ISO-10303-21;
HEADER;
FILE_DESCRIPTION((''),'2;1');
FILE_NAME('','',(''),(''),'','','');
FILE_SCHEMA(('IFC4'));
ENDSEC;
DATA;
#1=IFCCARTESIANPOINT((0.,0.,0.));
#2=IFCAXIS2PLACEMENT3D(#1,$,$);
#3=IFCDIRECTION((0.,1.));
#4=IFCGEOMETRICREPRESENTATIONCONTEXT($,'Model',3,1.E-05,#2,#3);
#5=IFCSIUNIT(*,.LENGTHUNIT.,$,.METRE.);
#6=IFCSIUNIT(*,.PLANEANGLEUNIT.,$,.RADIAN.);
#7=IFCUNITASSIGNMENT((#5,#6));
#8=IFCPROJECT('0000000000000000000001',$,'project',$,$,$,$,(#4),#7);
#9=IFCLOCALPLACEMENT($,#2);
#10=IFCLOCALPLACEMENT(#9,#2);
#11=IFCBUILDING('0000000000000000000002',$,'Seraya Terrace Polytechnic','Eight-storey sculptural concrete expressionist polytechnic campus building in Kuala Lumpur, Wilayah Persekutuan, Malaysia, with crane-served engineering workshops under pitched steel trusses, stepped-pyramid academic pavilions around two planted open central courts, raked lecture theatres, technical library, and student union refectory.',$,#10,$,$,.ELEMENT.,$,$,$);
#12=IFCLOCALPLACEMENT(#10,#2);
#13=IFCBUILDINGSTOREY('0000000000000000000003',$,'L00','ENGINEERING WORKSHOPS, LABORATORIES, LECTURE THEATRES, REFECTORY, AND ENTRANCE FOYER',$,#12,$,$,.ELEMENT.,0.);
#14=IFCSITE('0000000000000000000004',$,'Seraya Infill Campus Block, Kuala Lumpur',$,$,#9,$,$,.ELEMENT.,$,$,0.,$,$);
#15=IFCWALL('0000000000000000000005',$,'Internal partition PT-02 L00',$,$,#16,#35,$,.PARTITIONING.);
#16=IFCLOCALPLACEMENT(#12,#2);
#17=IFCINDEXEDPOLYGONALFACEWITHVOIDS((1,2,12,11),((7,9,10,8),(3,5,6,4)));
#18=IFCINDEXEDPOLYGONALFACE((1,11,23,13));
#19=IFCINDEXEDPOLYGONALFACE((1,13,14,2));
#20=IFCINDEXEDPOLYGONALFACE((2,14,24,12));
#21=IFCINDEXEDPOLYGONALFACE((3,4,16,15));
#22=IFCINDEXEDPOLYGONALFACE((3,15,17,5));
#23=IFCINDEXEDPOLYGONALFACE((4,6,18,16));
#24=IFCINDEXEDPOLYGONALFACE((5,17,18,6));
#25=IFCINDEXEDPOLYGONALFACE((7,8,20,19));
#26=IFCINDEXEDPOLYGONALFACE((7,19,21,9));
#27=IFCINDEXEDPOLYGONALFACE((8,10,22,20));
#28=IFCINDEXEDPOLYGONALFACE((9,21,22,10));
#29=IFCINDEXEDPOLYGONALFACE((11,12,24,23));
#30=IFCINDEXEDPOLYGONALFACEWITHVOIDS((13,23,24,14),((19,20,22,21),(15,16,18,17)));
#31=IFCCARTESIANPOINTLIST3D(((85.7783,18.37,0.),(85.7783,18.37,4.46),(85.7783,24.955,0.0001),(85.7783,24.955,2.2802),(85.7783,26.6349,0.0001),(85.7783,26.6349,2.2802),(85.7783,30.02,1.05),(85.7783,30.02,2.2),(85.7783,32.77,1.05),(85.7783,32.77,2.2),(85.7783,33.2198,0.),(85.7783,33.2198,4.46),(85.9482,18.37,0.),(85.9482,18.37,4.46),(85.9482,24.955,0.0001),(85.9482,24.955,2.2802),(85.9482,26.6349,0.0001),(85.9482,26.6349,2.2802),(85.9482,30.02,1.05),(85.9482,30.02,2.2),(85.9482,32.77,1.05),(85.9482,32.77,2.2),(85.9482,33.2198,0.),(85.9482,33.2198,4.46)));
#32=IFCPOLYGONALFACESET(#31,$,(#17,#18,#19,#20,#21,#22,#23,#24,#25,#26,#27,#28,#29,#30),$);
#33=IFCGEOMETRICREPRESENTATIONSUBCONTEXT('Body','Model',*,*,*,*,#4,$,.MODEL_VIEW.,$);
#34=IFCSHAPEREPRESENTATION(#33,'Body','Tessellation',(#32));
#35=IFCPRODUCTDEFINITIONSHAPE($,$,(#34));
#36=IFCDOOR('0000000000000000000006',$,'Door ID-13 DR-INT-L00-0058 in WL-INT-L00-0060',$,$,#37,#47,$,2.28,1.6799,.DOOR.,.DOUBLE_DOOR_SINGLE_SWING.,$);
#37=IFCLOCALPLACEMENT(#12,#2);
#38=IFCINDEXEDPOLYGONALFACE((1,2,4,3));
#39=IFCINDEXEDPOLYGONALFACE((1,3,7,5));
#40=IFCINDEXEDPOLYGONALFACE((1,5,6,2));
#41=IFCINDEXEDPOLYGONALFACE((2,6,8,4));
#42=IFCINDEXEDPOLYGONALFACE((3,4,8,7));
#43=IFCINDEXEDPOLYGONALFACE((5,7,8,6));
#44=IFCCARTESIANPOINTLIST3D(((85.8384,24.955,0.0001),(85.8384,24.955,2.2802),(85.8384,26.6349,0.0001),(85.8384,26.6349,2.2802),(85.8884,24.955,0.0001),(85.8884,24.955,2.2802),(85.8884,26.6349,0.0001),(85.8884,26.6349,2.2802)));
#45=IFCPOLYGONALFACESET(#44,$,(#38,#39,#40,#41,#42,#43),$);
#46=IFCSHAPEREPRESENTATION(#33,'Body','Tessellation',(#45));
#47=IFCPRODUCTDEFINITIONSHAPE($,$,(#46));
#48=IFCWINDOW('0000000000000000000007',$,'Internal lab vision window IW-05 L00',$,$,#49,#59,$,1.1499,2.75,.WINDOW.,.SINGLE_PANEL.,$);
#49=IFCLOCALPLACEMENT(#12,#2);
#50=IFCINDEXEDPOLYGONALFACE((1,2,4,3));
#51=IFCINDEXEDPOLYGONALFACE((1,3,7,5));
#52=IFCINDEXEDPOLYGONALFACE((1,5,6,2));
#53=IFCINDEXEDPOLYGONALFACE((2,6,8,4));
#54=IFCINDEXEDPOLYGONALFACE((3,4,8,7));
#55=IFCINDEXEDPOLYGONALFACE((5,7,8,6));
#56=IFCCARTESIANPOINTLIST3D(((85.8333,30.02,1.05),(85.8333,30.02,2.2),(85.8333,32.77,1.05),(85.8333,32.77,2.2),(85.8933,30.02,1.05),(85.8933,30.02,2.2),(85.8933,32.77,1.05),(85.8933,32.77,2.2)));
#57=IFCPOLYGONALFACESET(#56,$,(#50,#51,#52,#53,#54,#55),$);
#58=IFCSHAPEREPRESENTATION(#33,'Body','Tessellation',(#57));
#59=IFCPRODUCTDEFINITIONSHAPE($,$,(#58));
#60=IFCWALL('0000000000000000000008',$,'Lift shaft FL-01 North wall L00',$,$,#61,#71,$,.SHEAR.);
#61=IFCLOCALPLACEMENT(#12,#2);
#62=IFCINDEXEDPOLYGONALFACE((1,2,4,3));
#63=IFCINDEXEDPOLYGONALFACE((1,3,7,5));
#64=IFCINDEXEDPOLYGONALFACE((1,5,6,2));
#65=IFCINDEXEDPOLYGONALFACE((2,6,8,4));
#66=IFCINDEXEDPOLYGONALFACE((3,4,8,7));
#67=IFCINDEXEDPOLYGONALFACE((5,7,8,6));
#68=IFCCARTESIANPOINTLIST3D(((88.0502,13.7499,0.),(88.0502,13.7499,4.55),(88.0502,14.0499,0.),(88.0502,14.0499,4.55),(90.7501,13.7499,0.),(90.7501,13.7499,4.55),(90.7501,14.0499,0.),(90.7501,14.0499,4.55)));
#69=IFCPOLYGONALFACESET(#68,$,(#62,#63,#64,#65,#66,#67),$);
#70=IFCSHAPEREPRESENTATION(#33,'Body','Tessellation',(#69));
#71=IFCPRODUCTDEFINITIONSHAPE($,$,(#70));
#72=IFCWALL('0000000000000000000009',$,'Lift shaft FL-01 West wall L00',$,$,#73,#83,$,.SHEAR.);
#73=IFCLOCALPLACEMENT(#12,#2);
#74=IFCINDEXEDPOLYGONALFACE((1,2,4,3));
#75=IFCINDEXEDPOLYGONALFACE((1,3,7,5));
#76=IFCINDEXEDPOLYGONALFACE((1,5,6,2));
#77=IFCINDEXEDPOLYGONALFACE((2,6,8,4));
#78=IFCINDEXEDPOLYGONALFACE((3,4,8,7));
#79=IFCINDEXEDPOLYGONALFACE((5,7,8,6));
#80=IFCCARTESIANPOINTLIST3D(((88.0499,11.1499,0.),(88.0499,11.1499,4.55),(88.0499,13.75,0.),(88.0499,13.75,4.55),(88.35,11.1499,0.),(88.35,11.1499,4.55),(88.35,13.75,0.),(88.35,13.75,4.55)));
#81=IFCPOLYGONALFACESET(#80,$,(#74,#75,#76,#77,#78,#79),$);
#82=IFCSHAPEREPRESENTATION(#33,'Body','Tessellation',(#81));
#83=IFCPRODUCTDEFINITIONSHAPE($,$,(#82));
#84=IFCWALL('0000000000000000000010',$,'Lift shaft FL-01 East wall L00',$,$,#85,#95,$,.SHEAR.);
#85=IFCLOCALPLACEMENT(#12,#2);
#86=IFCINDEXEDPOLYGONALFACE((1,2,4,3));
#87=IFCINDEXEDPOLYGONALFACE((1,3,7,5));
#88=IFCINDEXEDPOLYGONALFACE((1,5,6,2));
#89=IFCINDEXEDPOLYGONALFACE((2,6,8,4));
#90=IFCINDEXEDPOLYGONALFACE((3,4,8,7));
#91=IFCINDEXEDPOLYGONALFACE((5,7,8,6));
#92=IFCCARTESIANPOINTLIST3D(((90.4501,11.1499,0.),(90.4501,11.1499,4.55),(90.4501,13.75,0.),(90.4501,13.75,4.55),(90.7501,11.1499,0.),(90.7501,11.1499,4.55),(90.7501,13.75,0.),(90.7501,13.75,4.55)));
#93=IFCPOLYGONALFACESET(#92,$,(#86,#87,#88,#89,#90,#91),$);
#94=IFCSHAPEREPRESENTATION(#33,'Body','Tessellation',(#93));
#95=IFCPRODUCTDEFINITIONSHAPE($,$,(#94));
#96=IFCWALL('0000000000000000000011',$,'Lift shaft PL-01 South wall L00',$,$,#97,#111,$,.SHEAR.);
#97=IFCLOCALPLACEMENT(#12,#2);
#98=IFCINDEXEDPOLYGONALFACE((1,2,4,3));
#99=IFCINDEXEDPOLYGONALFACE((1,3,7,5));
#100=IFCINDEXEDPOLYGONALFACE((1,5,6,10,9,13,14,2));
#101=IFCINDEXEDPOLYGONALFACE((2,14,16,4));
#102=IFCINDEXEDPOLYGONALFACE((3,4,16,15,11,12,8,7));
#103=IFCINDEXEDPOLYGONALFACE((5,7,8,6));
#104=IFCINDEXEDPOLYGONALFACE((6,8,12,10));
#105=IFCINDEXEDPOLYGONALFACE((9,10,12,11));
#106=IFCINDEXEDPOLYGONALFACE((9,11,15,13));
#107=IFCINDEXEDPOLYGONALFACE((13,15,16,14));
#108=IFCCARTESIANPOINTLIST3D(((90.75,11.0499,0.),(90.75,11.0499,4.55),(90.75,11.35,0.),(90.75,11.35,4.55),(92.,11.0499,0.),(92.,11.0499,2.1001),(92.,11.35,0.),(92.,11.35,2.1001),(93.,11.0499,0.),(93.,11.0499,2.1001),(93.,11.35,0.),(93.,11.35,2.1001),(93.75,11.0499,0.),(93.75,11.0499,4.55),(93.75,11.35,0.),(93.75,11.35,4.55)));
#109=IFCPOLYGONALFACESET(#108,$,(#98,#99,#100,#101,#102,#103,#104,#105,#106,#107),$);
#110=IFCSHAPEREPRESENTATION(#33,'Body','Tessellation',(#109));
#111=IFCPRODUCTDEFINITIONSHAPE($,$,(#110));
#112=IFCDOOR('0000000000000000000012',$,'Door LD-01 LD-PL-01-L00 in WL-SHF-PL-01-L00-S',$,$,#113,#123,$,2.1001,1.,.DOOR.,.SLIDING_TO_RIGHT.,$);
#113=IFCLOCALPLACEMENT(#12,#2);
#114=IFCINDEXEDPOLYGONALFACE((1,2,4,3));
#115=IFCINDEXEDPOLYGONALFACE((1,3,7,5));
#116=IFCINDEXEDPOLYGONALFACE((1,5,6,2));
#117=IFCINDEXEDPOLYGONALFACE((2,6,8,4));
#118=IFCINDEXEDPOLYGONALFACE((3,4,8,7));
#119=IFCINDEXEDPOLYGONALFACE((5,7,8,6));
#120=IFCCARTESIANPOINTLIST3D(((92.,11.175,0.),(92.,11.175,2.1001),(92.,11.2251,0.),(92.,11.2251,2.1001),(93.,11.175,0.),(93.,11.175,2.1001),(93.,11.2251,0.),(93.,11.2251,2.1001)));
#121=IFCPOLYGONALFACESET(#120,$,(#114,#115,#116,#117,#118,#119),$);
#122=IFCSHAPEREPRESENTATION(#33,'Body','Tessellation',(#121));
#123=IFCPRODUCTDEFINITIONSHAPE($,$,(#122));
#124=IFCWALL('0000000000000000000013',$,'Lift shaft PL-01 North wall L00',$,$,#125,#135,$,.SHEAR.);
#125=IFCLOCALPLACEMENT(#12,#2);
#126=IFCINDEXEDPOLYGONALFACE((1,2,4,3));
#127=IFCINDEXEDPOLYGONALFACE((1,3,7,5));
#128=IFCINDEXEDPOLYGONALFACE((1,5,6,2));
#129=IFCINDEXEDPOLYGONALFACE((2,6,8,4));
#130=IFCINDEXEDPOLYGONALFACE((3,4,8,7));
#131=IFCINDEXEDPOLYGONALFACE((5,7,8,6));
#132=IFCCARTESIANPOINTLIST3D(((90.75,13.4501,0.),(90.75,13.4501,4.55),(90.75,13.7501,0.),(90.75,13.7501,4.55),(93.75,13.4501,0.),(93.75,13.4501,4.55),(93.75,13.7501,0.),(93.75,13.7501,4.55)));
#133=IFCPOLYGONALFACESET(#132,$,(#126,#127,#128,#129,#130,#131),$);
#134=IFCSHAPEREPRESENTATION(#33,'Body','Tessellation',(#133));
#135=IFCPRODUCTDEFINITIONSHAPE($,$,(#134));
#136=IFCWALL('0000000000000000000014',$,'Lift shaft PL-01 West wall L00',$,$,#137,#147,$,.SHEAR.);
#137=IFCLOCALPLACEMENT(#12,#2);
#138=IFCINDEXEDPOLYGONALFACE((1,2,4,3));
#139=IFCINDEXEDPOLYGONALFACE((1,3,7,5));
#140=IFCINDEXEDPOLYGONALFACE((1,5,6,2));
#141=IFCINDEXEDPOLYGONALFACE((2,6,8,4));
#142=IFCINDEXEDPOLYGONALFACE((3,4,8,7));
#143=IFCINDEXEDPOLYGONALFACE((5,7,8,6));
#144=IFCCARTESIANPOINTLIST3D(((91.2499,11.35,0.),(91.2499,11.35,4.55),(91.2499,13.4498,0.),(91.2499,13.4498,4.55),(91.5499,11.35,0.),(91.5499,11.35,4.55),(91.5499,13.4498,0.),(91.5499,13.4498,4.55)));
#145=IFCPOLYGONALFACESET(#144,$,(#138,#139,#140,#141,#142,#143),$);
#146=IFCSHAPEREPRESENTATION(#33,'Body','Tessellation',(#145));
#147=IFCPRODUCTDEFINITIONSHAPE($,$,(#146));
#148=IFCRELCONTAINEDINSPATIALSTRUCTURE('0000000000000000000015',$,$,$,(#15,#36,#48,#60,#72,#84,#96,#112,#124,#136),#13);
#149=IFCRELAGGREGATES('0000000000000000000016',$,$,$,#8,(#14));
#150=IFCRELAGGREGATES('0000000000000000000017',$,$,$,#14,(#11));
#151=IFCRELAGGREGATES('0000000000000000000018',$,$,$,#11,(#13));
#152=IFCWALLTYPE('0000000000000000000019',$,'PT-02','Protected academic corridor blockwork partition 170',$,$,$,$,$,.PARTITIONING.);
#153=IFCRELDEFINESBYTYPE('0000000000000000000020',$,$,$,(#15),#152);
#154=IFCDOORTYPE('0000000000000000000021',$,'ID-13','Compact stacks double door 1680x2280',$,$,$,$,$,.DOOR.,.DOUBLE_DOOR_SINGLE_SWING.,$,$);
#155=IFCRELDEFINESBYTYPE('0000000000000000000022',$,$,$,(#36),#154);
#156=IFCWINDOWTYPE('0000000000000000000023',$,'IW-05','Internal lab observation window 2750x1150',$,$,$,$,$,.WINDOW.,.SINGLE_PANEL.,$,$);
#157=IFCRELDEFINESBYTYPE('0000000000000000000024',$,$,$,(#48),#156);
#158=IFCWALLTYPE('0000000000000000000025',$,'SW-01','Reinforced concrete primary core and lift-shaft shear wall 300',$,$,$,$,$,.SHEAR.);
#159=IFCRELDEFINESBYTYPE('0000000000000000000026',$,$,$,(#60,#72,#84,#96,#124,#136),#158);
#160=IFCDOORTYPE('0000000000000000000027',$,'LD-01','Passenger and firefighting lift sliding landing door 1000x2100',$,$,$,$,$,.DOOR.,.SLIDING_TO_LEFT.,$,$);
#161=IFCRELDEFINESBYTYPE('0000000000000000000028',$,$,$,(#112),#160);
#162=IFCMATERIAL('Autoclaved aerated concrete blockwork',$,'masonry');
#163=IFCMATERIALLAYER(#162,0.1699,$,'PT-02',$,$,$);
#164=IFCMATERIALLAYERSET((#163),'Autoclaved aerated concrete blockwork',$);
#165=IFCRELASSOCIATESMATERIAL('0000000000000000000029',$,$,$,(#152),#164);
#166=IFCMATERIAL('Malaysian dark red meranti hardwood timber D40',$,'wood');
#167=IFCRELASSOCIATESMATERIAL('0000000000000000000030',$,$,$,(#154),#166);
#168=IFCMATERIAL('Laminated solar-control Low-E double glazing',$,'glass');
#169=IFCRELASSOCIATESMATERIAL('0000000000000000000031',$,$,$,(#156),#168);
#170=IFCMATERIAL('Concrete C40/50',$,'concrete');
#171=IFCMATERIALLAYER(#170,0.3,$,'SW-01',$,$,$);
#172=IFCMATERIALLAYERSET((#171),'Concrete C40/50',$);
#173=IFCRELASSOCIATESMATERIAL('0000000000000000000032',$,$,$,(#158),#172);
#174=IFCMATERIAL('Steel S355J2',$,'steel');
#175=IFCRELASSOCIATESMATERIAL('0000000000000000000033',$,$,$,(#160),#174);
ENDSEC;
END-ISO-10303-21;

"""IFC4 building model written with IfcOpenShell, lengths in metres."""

from ifc_helpers import new_model, si_unit, direction, frame, frame_2d, origin, place, context, subcontext, project, spatial, rectangle, extrude, material, layer, layer_set, type_object, element, fill, save


model = new_model("IFC4")

# Units and contexts
model_context = context("Model", 3, precision=1e-05, world=origin(), true_north=direction((0.0, 1.0)))
body_context = subcontext(model_context, "Body", "Model", "MODEL_VIEW")
ifc_project = project(units=[si_unit("LENGTHUNIT", "METRE"), si_unit("PLANEANGLEUNIT", "RADIAN")], contexts=[model_context])

# Site, building, storey
site_placement = place(None, origin())
site = spatial("IfcSite", under=ifc_project, at=site_placement, Name="Seraya Infill Campus Block, Kuala Lumpur", CompositionType="ELEMENT", RefElevation=0.0)
building_placement = place(site_placement, origin())
building = spatial("IfcBuilding", under=site, at=building_placement, Name="Seraya Terrace Polytechnic", Description="Eight-storey sculptural concrete expressionist polytechnic campus building in Kuala Lumpur, Wilayah Persekutuan, Malaysia, with crane-served engineering workshops under pitched steel trusses, stepped-pyramid academic pavilions around two planted open central courts, raked lecture theatres, technical library, and student union refectory.", CompositionType="ELEMENT")
storey_placement = place(building_placement, origin())
storey = spatial("IfcBuildingStorey", under=building, at=storey_placement, Name="L00", Description="ENGINEERING WORKSHOPS, LABORATORIES, LECTURE THEATRES, REFECTORY, AND ENTRANCE FOYER", CompositionType="ELEMENT", Elevation=0.0)

# Shared definitions
ifc_material_1 = material(Name="Concrete C40/50", Category="concrete")

# Wall, openings, door, window
ifc_material_2 = material(Name="Autoclaved aerated concrete blockwork", Category="masonry")
ifc_layer_1 = layer(ifc_material_2, 0.1699, Name="PT-02")
ifc_layer_set_1 = layer_set([ifc_layer_1], Name="Autoclaved aerated concrete blockwork")
wall_type_1 = type_object("IfcWallType", Name="PT-02", Description="Protected academic corridor blockwork partition 170", PredefinedType="PARTITIONING", material=ifc_layer_set_1)
wall_1_placement = place(storey_placement, frame((85.8633, 18.3701, 0.0), z_axis=(0.0, 0.0, 1.0), x_axis=(0.0, 1.0, 0.0)))
wall_1 = element("IfcWall", 1, at=wall_1_placement, inside=storey, type_object=wall_type_1, Name="Internal partition PT-02 L00", PredefinedType="PARTITIONING", context=body_context, shape_type="SweptSolid", body=[
    extrude(rectangle(XDim=14.8499, YDim=0.1699, at=frame_2d((7.4248, 0.0))), origin(), (0.0, 0.0, 1.0), 4.46),
])
opening_1_placement = place(wall_1_placement, frame((6.585, 0.0, 0.0)))
opening_1 = element("IfcOpeningElement", 2, at=opening_1_placement, cuts=wall_1, PredefinedType="OPENING", context=body_context, shape_type="SweptSolid", body=[
    extrude(rectangle(XDim=1.6799, YDim=2.28, at=frame_2d((0.8398, 1.1401))), frame((0.0, 0.0969, 0.0), z_axis=(0.0, -1.0, 0.0), x_axis=(1.0, 0.0, 0.0)), (0.0, 0.0, 1.0), 0.1938),
])
opening_2_placement = place(wall_1_placement, frame((11.6499, 0.0, 1.05)))
opening_2 = element("IfcOpeningElement", 3, at=opening_2_placement, cuts=wall_1, PredefinedType="OPENING", context=body_context, shape_type="SweptSolid", body=[
    extrude(rectangle(XDim=2.75, YDim=1.1499, at=frame_2d((1.375, 0.575))), frame((0.0, 0.0969, 0.0), z_axis=(0.0, -1.0, 0.0), x_axis=(1.0, 0.0, 0.0)), (0.0, 0.0, 1.0), 0.1938),
])
ifc_material_3 = material(Name="Malaysian dark red meranti hardwood timber D40", Category="wood")
door_type_1 = type_object("IfcDoorType", Name="ID-13", Description="Compact stacks double door 1680x2280", OperationType="DOUBLE_DOOR_SINGLE_SWING", PredefinedType="DOOR", material=ifc_material_3)
door_1_placement = place(opening_1_placement, origin())
door_1 = element("IfcDoor", 4, at=door_1_placement, inside=storey, type_object=door_type_1, Name="Door ID-13 DR-INT-L00-0058 in WL-INT-L00-0060", OperationType="DOUBLE_DOOR_SINGLE_SWING", OverallHeight=2.28, OverallWidth=1.6799, PredefinedType="DOOR", context=body_context, shape_type="SweptSolid", body=[
    extrude(rectangle(XDim=1.6799, YDim=2.28, at=frame_2d((0.8398, 1.1401))), frame((0.0, 0.0249, 0.0), z_axis=(0.0, -1.0, 0.0), x_axis=(1.0, 0.0, 0.0)), (0.0, 0.0, 1.0), 0.05),
])
fill(opening_1, door_1)
ifc_material_4 = material(Name="Laminated solar-control Low-E double glazing", Category="glass")
window_type = type_object("IfcWindowType", Name="IW-05", Description="Internal lab observation window 2750x1150", PartitioningType="SINGLE_PANEL", PredefinedType="WINDOW", material=ifc_material_4)
window_placement = place(opening_2_placement, origin())
window = element("IfcWindow", 5, at=window_placement, inside=storey, type_object=window_type, Name="Internal lab vision window IW-05 L00", OverallHeight=1.1499, OverallWidth=2.75, PartitioningType="SINGLE_PANEL", PredefinedType="WINDOW", context=body_context, shape_type="SweptSolid", body=[
    extrude(rectangle(XDim=2.75, YDim=1.1499, at=frame_2d((1.375, 0.575))), frame((0.0, 0.03, 0.0), z_axis=(0.0, -1.0, 0.0), x_axis=(1.0, 0.0, 0.0)), (0.0, 0.0, 1.0), 0.0601),
])
fill(opening_2, window)

# Walls
ifc_layer_2 = layer(ifc_material_1, 0.3, Name="SW-01")
ifc_layer_set_2 = layer_set([ifc_layer_2], Name="Concrete C40/50")
wall_type_2 = type_object("IfcWallType", Name="SW-01", Description="Reinforced concrete primary core and lift-shaft shear wall 300", PredefinedType="SHEAR", material=ifc_layer_set_2)
wall_2_placement = place(storey_placement, frame((88.05, 13.8999, 0.0), z_axis=(0.0, 0.0, 1.0), x_axis=(1.0, 0.0, 0.0)))
element("IfcWall", 6, at=wall_2_placement, inside=storey, type_object=wall_type_2, Name="Lift shaft FL-01 North wall L00", PredefinedType="SHEAR", context=body_context, shape_type="SweptSolid", body=[
    extrude(rectangle(XDim=2.7, YDim=0.3, at=frame_2d((1.3501, 0.0))), origin(), (0.0, 0.0, 1.0), 4.55),
])
for number, where, z_axis, x_axis, name in (
    (7, (88.2, 11.1499, 0.0), (0.0, 0.0, 1.0), (0.0, 1.0, 0.0), "Lift shaft FL-01 West wall L00"),
    (8, (90.6001, 11.1499, 0.0), (0.0, 0.0, 1.0), (0.0, 1.0, 0.0), "Lift shaft FL-01 East wall L00"),
):
    element("IfcWall", number, at=place(storey_placement, frame(where, z_axis=z_axis, x_axis=x_axis)), inside=storey, type_object=wall_type_2, Name=name, PredefinedType="SHEAR", context=body_context, shape_type="SweptSolid", body=[
        extrude(rectangle(XDim=2.6001, YDim=0.3, at=frame_2d((1.3, 0.0))), origin(), (0.0, 0.0, 1.0), 4.55),
    ])

# Wall, opening, door
wall_3_placement = place(storey_placement, frame((90.75, 11.2, 0.0), z_axis=(0.0, 0.0, 1.0), x_axis=(1.0, 0.0, 0.0)))
wall_3 = element("IfcWall", 9, at=wall_3_placement, inside=storey, type_object=wall_type_2, Name="Lift shaft PL-01 South wall L00", PredefinedType="SHEAR", context=body_context, shape_type="SweptSolid", body=[
    extrude(rectangle(XDim=3.0, YDim=0.3, at=frame_2d((1.5, 0.0))), origin(), (0.0, 0.0, 1.0), 4.55),
])
opening_3_placement = place(wall_3_placement, frame((1.25, 0.0, 0.0)))
opening_3 = element("IfcOpeningElement", 10, at=opening_3_placement, cuts=wall_3, PredefinedType="OPENING", context=body_context, shape_type="SweptSolid", body=[
    extrude(rectangle(XDim=1.0, YDim=2.1001, at=frame_2d((0.5, 1.05))), frame((0.0, 0.1621, 0.0), z_axis=(0.0, -1.0, 0.0), x_axis=(1.0, 0.0, 0.0)), (0.0, 0.0, 1.0), 0.324),
])
ifc_material_5 = material(Name="Steel S355J2", Category="steel")
door_type_2 = type_object("IfcDoorType", Name="LD-01", Description="Passenger and firefighting lift sliding landing door 1000x2100", OperationType="SLIDING_TO_LEFT", PredefinedType="DOOR", material=ifc_material_5)
door_2_placement = place(opening_3_placement, frame((1.0, 0.0, 0.0), z_axis=(0.0, 0.0, 1.0), x_axis=(-1.0, 0.0, 0.0)))
door_2 = element("IfcDoor", 11, at=door_2_placement, inside=storey, type_object=door_type_2, Name="Door LD-01 LD-PL-01-L00 in WL-SHF-PL-01-L00-S", OperationType="SLIDING_TO_RIGHT", OverallHeight=2.1001, OverallWidth=1.0, PredefinedType="DOOR", context=body_context, shape_type="SweptSolid", body=[
    extrude(rectangle(XDim=1.0, YDim=2.1001, at=frame_2d((0.5, 1.05))), frame((0.0, 0.0249, 0.0), z_axis=(0.0, -1.0, 0.0), x_axis=(1.0, 0.0, 0.0)), (0.0, 0.0, 1.0), 0.05),
])
fill(opening_3, door_2)

# Walls
wall_4_placement = place(storey_placement, frame((90.75, 13.6001, 0.0), z_axis=(0.0, 0.0, 1.0), x_axis=(1.0, 0.0, 0.0)))
element("IfcWall", 12, at=wall_4_placement, inside=storey, type_object=wall_type_2, Name="Lift shaft PL-01 North wall L00", PredefinedType="SHEAR", context=body_context, shape_type="SweptSolid", body=[
    extrude(rectangle(XDim=3.0, YDim=0.3, at=frame_2d((1.5, 0.0))), origin(), (0.0, 0.0, 1.0), 4.55),
])
wall_5_placement = place(storey_placement, frame((91.3999, 11.3501, 0.0), z_axis=(0.0, 0.0, 1.0), x_axis=(0.0, 1.0, 0.0)))
element("IfcWall", 13, at=wall_5_placement, inside=storey, type_object=wall_type_2, Name="Lift shaft PL-01 West wall L00", PredefinedType="SHEAR", context=body_context, shape_type="SweptSolid", body=[
    extrude(rectangle(XDim=2.0999, YDim=0.3, at=frame_2d((1.0498, 0.0))), origin(), (0.0, 0.0, 1.0), 4.55),
])

save(model, "model.ifc")
